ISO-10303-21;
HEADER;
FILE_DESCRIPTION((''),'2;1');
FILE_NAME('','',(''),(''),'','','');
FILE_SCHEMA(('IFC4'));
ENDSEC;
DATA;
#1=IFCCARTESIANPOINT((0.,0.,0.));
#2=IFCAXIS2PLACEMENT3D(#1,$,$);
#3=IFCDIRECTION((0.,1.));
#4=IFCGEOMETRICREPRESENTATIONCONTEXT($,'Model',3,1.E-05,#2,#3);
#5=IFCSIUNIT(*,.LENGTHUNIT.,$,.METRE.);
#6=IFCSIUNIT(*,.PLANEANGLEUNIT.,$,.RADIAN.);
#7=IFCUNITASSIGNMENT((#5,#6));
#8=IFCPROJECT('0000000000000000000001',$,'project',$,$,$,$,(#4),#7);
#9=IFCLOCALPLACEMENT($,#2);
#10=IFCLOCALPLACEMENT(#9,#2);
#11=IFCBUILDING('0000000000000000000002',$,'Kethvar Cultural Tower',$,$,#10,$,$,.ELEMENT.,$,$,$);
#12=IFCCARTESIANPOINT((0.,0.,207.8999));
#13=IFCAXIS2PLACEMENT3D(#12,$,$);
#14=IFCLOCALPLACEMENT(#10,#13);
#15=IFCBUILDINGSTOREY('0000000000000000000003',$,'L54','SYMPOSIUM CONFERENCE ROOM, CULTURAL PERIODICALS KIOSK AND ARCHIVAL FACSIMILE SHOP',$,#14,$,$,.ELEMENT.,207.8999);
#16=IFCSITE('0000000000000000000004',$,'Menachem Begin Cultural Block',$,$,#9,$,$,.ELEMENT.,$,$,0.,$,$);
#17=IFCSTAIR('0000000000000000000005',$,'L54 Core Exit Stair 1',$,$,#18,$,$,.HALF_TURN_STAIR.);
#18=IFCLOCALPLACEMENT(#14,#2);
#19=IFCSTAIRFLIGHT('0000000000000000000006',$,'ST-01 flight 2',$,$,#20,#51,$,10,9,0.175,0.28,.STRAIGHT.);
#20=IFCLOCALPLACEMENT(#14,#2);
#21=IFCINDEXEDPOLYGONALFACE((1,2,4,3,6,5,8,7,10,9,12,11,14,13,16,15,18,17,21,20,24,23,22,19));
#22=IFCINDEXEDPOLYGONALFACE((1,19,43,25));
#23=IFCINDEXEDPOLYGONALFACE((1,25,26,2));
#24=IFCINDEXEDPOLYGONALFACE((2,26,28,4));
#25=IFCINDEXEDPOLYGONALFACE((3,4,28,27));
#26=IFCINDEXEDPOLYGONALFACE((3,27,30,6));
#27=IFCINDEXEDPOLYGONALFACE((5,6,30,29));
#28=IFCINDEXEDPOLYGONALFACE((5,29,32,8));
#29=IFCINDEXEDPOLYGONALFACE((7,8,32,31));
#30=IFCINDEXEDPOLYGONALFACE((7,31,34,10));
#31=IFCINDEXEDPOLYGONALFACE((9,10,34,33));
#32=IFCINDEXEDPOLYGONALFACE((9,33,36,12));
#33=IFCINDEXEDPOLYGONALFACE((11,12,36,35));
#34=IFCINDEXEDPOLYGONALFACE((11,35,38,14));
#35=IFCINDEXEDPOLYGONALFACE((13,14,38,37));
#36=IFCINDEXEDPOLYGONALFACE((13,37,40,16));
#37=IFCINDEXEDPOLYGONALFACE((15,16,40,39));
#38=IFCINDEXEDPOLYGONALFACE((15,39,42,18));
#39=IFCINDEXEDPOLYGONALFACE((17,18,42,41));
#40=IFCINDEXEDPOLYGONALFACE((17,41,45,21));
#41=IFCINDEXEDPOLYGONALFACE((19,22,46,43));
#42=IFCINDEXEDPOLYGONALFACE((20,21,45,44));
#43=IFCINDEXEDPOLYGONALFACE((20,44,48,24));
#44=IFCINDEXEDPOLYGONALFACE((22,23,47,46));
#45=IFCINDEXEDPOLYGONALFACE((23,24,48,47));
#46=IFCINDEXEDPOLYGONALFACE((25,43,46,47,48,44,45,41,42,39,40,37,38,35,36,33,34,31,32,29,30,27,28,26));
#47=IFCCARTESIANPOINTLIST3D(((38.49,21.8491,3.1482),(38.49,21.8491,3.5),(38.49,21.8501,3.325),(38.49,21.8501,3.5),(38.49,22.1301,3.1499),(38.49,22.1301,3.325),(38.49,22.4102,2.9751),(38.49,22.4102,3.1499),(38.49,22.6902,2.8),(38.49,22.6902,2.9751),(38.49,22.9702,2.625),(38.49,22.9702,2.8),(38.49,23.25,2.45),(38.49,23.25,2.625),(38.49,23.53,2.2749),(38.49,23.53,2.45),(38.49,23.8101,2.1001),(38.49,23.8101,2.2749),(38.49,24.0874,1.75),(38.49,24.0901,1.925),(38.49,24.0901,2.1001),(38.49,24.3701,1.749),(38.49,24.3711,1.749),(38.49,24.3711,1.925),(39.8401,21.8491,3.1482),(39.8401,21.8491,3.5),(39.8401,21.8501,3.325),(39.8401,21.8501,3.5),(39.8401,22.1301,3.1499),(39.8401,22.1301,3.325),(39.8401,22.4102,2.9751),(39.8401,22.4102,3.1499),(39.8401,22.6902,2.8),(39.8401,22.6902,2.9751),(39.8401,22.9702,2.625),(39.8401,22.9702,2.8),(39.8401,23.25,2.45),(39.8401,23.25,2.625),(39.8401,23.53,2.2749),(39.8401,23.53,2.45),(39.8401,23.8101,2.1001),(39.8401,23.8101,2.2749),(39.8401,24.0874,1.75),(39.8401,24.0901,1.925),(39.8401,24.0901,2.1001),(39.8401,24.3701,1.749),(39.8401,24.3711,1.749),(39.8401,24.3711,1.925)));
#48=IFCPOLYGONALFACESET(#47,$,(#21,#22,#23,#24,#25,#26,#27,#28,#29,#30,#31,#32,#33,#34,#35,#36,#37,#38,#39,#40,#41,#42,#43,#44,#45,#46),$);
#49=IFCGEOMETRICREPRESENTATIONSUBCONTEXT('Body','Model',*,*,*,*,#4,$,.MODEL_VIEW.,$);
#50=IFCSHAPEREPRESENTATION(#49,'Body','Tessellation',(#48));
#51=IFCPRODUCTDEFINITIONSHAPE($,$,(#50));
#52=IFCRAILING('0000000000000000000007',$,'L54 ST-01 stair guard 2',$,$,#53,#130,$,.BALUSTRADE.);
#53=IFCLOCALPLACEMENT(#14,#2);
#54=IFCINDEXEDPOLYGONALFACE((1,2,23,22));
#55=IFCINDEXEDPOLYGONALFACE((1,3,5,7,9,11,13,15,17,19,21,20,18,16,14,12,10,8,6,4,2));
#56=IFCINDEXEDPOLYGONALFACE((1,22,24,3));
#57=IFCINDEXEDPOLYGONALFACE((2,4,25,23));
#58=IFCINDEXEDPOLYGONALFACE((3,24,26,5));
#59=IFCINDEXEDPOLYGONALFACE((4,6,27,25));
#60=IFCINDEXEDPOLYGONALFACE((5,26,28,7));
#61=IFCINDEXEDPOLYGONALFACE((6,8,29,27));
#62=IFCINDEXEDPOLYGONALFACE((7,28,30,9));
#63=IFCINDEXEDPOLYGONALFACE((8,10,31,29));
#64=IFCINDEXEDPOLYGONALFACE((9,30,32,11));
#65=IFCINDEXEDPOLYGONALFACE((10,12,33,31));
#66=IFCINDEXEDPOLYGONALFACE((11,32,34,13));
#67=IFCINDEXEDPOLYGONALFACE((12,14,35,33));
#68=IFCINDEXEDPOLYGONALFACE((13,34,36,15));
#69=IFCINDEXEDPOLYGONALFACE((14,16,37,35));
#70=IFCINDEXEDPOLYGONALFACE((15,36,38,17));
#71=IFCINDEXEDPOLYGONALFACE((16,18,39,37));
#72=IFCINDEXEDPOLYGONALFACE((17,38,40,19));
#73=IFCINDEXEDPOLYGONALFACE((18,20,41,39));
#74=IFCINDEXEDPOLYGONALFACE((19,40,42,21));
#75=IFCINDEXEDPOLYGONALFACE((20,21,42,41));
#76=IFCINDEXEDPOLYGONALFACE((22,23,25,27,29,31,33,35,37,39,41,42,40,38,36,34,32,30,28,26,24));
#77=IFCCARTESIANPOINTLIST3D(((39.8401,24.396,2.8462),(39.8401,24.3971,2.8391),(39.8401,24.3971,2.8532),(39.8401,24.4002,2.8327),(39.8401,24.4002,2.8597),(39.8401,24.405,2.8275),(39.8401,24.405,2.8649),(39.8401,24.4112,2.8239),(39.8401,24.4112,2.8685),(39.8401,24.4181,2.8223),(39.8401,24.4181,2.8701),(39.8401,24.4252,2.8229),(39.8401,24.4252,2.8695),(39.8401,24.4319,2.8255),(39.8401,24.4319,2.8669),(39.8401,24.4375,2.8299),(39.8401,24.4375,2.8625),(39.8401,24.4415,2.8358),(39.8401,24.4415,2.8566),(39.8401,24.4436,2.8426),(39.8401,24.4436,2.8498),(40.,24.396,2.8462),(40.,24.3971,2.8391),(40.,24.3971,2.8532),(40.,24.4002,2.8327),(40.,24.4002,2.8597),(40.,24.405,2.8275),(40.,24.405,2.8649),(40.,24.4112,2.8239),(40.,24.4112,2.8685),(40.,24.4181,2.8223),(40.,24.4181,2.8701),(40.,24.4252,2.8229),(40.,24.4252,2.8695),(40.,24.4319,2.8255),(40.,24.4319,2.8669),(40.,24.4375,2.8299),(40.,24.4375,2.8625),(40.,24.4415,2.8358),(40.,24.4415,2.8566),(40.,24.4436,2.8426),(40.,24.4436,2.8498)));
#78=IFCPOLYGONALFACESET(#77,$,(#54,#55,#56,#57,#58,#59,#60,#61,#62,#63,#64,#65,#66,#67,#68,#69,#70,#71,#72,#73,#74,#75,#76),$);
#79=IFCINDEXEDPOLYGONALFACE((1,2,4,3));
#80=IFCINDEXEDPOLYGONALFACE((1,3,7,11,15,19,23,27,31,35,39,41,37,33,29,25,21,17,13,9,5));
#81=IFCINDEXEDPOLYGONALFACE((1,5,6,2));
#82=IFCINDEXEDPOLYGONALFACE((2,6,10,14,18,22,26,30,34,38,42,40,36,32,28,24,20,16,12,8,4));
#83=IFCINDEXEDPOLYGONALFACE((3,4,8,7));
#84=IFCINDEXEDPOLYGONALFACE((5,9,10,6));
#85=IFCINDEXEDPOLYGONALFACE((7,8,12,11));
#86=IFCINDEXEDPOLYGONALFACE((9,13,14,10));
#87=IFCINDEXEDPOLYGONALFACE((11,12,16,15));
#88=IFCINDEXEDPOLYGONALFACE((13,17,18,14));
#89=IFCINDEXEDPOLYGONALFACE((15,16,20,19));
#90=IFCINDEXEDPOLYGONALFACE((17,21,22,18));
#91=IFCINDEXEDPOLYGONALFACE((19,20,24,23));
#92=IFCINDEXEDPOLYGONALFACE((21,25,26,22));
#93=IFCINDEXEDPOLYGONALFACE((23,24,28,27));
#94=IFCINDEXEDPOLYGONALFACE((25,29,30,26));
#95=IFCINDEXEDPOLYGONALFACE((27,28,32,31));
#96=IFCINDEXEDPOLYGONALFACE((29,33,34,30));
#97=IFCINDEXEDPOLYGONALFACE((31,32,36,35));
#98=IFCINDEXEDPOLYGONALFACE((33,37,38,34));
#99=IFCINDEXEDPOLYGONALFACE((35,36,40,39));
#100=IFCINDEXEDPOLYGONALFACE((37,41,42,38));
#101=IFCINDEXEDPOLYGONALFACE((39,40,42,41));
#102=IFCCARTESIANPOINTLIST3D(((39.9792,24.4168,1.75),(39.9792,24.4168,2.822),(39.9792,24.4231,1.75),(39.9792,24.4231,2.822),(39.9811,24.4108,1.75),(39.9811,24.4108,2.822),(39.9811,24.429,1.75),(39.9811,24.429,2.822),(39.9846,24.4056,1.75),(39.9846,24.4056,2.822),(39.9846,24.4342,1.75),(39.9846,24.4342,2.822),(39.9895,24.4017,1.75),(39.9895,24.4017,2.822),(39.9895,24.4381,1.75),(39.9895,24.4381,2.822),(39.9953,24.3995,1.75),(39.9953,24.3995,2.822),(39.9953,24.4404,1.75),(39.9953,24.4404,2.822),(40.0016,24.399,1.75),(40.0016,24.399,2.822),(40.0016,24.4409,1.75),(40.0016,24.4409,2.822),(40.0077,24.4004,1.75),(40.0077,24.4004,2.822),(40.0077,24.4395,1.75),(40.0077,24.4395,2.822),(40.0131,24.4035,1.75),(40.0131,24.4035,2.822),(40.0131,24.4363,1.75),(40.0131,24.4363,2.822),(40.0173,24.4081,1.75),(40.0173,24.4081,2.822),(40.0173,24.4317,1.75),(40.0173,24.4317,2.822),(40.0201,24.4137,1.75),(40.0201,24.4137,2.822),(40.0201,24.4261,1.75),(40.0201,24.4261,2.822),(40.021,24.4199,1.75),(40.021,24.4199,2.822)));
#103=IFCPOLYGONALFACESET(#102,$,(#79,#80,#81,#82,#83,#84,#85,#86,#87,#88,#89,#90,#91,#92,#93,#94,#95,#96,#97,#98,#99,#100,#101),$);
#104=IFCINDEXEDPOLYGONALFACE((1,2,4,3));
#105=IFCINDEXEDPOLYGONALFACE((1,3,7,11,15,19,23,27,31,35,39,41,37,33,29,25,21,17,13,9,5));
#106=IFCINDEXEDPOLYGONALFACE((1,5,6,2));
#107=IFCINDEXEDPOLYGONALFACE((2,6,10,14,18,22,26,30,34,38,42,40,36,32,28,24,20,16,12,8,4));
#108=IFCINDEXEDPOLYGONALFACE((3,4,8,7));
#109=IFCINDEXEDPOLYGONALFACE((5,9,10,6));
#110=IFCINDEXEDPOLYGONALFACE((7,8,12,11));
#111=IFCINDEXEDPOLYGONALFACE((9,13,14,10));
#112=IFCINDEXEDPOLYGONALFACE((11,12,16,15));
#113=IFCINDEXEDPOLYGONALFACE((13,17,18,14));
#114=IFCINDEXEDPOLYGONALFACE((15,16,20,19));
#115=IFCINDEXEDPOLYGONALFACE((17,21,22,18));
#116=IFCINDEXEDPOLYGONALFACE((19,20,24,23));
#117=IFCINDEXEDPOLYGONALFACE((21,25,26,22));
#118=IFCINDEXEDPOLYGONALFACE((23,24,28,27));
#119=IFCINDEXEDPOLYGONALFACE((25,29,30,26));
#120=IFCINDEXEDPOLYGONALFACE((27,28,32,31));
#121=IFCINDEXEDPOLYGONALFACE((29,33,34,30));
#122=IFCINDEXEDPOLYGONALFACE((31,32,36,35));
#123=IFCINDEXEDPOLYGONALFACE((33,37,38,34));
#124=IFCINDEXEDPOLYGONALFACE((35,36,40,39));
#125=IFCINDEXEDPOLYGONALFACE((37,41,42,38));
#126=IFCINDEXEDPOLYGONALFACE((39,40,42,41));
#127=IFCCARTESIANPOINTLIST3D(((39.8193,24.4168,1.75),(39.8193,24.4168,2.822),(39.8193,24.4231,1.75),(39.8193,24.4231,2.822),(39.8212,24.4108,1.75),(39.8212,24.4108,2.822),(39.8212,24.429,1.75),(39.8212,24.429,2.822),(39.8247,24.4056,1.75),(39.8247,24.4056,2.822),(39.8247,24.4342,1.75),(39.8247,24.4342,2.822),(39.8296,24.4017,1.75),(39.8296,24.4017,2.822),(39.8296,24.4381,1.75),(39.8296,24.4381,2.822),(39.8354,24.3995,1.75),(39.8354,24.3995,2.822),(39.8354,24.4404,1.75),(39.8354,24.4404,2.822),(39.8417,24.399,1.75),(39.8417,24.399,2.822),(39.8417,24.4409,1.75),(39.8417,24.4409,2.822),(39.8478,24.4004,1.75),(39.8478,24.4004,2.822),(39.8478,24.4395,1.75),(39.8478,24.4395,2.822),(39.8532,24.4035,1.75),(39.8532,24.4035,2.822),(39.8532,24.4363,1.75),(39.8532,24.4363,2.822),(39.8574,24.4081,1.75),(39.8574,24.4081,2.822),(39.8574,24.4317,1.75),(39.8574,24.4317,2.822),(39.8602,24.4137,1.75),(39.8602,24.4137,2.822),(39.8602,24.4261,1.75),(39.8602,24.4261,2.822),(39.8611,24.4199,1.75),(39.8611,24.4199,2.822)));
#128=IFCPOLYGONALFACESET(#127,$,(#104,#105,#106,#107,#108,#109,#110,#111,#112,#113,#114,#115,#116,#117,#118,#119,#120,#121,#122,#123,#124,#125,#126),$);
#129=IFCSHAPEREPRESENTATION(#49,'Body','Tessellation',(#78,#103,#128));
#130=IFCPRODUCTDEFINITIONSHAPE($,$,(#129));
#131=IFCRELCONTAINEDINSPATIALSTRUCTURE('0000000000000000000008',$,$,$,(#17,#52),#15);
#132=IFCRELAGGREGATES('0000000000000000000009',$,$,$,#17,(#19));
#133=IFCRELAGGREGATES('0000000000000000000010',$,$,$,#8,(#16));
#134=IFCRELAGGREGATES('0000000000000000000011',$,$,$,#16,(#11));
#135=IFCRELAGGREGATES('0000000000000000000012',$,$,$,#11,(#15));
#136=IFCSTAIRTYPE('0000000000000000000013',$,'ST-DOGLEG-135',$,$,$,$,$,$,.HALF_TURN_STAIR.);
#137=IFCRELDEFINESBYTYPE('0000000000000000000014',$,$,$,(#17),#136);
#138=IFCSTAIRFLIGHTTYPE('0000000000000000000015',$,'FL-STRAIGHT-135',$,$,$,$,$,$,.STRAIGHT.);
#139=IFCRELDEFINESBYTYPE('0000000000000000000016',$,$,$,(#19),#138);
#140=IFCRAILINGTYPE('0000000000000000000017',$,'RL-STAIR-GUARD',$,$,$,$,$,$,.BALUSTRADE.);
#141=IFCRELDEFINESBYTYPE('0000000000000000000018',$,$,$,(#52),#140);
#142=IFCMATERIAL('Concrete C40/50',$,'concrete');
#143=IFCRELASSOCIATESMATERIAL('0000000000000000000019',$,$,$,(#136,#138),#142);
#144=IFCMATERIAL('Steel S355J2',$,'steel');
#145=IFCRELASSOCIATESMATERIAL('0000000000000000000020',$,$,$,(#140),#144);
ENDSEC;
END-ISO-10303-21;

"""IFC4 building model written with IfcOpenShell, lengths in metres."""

from ifc_helpers import new_model, si_unit, direction, frame, origin, origin_2d, place, context, subcontext, project, spatial, polyline, circle, outline, extrude, material, type_object, element, aggregate, save


model = new_model("IFC4")

# Units and contexts
model_context = context("Model", 3, precision=1e-05, world=origin(), true_north=direction((0.0, 1.0)))
body_context = subcontext(model_context, "Body", "Model", "MODEL_VIEW")
ifc_project = project(units=[si_unit("LENGTHUNIT", "METRE"), si_unit("PLANEANGLEUNIT", "RADIAN")], contexts=[model_context])

# Site, building, storey
site_placement = place(None, origin())
site = spatial("IfcSite", under=ifc_project, at=site_placement, Name="Menachem Begin Cultural Block", CompositionType="ELEMENT", RefElevation=0.0)
building_placement = place(site_placement, origin())
building = spatial("IfcBuilding", under=site, at=building_placement, Name="Kethvar Cultural Tower", CompositionType="ELEMENT")
storey_placement = place(building_placement, frame((0.0, 0.0, 207.8999)))
storey = spatial("IfcBuildingStorey", under=building, at=storey_placement, Name="L54", Description="SYMPOSIUM CONFERENCE ROOM, CULTURAL PERIODICALS KIOSK AND ARCHIVAL FACSIMILE SHOP", CompositionType="ELEMENT", Elevation=207.8999)

# Shared definitions
ifc_material_1 = material(Name="Steel S355J2", Category="steel")

# Shared definitions
ifc_material_2 = material(Name="Concrete C40/50", Category="concrete")

# Stair, stair flight
stair_type = type_object("IfcStairType", Name="ST-DOGLEG-135", PredefinedType="HALF_TURN_STAIR", material=ifc_material_2)
stair_placement = place(storey_placement, origin())
stair = element("IfcStair", 1, at=stair_placement, inside=storey, type_object=stair_type, Name="L54 Core Exit Stair 1", PredefinedType="HALF_TURN_STAIR")
stair_flight_type = type_object("IfcStairFlightType", Name="FL-STRAIGHT-135", PredefinedType="STRAIGHT", material=ifc_material_2)
stair_flight_placement = place(storey_placement, frame((39.165, 24.3701, 1.75), z_axis=(0.0, 0.0, 1.0), x_axis=(0.0, -1.0, 0.0)))
stair_flight = element("IfcStairFlight", 2, at=stair_flight_placement, type_object=stair_flight_type, Name="ST-01 flight 2", NumberOfRisers=10, NumberOfTreads=9, PredefinedType="STRAIGHT", RiserHeight=0.175, TreadLength=0.28, context=body_context, shape_type="SweptSolid", body=[
    extrude(outline(polyline([(-0.001, -0.001), (-0.001, 0.175), (0.28, 0.175), (0.28, 0.3501), (0.5601, 0.3501), (0.5601, 0.5249), (0.8401, 0.5249), (0.8401, 0.7), (1.1201, 0.7), (1.1201, 0.875), (1.3999, 0.875), (1.3999, 1.05), (1.6799, 1.05), (1.6799, 1.2251), (1.96, 1.2251), (1.96, 1.3999), (2.24, 1.3999), (2.24, 1.575), (2.52, 1.575), (2.52, 1.75), (2.521, 1.75), (2.521, 1.3982), (0.2827, 0.0), (0.0, -0.001), (-0.001, -0.001)])), frame((0.0, 0.675, 0.0), z_axis=(0.0, -1.0, 0.0), x_axis=(1.0, 0.0, 0.0)), (0.0, 0.0, 1.0), 1.3501),
])
aggregate(stair, [stair_flight])

# Railing
railing_type_1 = type_object("IfcRailingType", Name="RL-STAIR-GUARD", PredefinedType="BALUSTRADE", material=ifc_material_1)
railing_1_placement = place(storey_placement, frame((40.0, 24.4199, 1.75)))
element("IfcRailing", 3, at=railing_1_placement, inside=storey, type_object=railing_type_1, Name="L54 ST-01 stair guard 2", PredefinedType="BALUSTRADE", context=body_context, shape_type="SweptSolid", body=[
    extrude(circle(Radius=0.0239, at=origin_2d()), frame((0.0, 0.0, 1.0962), z_axis=(-1.0, 0.0, 0.0), x_axis=(0.0, -1.0, 0.0)), (0.0, 0.0, 1.0), 0.1599),
    extrude(circle(Radius=0.021, at=origin_2d()), origin(), (0.0, 0.0, 1.0), 1.072),
    extrude(circle(Radius=0.021, at=origin_2d()), frame((-0.1599, 0.0, 0.0)), (0.0, 0.0, 1.0), 1.072),
])

save(model, "model.ifc")
